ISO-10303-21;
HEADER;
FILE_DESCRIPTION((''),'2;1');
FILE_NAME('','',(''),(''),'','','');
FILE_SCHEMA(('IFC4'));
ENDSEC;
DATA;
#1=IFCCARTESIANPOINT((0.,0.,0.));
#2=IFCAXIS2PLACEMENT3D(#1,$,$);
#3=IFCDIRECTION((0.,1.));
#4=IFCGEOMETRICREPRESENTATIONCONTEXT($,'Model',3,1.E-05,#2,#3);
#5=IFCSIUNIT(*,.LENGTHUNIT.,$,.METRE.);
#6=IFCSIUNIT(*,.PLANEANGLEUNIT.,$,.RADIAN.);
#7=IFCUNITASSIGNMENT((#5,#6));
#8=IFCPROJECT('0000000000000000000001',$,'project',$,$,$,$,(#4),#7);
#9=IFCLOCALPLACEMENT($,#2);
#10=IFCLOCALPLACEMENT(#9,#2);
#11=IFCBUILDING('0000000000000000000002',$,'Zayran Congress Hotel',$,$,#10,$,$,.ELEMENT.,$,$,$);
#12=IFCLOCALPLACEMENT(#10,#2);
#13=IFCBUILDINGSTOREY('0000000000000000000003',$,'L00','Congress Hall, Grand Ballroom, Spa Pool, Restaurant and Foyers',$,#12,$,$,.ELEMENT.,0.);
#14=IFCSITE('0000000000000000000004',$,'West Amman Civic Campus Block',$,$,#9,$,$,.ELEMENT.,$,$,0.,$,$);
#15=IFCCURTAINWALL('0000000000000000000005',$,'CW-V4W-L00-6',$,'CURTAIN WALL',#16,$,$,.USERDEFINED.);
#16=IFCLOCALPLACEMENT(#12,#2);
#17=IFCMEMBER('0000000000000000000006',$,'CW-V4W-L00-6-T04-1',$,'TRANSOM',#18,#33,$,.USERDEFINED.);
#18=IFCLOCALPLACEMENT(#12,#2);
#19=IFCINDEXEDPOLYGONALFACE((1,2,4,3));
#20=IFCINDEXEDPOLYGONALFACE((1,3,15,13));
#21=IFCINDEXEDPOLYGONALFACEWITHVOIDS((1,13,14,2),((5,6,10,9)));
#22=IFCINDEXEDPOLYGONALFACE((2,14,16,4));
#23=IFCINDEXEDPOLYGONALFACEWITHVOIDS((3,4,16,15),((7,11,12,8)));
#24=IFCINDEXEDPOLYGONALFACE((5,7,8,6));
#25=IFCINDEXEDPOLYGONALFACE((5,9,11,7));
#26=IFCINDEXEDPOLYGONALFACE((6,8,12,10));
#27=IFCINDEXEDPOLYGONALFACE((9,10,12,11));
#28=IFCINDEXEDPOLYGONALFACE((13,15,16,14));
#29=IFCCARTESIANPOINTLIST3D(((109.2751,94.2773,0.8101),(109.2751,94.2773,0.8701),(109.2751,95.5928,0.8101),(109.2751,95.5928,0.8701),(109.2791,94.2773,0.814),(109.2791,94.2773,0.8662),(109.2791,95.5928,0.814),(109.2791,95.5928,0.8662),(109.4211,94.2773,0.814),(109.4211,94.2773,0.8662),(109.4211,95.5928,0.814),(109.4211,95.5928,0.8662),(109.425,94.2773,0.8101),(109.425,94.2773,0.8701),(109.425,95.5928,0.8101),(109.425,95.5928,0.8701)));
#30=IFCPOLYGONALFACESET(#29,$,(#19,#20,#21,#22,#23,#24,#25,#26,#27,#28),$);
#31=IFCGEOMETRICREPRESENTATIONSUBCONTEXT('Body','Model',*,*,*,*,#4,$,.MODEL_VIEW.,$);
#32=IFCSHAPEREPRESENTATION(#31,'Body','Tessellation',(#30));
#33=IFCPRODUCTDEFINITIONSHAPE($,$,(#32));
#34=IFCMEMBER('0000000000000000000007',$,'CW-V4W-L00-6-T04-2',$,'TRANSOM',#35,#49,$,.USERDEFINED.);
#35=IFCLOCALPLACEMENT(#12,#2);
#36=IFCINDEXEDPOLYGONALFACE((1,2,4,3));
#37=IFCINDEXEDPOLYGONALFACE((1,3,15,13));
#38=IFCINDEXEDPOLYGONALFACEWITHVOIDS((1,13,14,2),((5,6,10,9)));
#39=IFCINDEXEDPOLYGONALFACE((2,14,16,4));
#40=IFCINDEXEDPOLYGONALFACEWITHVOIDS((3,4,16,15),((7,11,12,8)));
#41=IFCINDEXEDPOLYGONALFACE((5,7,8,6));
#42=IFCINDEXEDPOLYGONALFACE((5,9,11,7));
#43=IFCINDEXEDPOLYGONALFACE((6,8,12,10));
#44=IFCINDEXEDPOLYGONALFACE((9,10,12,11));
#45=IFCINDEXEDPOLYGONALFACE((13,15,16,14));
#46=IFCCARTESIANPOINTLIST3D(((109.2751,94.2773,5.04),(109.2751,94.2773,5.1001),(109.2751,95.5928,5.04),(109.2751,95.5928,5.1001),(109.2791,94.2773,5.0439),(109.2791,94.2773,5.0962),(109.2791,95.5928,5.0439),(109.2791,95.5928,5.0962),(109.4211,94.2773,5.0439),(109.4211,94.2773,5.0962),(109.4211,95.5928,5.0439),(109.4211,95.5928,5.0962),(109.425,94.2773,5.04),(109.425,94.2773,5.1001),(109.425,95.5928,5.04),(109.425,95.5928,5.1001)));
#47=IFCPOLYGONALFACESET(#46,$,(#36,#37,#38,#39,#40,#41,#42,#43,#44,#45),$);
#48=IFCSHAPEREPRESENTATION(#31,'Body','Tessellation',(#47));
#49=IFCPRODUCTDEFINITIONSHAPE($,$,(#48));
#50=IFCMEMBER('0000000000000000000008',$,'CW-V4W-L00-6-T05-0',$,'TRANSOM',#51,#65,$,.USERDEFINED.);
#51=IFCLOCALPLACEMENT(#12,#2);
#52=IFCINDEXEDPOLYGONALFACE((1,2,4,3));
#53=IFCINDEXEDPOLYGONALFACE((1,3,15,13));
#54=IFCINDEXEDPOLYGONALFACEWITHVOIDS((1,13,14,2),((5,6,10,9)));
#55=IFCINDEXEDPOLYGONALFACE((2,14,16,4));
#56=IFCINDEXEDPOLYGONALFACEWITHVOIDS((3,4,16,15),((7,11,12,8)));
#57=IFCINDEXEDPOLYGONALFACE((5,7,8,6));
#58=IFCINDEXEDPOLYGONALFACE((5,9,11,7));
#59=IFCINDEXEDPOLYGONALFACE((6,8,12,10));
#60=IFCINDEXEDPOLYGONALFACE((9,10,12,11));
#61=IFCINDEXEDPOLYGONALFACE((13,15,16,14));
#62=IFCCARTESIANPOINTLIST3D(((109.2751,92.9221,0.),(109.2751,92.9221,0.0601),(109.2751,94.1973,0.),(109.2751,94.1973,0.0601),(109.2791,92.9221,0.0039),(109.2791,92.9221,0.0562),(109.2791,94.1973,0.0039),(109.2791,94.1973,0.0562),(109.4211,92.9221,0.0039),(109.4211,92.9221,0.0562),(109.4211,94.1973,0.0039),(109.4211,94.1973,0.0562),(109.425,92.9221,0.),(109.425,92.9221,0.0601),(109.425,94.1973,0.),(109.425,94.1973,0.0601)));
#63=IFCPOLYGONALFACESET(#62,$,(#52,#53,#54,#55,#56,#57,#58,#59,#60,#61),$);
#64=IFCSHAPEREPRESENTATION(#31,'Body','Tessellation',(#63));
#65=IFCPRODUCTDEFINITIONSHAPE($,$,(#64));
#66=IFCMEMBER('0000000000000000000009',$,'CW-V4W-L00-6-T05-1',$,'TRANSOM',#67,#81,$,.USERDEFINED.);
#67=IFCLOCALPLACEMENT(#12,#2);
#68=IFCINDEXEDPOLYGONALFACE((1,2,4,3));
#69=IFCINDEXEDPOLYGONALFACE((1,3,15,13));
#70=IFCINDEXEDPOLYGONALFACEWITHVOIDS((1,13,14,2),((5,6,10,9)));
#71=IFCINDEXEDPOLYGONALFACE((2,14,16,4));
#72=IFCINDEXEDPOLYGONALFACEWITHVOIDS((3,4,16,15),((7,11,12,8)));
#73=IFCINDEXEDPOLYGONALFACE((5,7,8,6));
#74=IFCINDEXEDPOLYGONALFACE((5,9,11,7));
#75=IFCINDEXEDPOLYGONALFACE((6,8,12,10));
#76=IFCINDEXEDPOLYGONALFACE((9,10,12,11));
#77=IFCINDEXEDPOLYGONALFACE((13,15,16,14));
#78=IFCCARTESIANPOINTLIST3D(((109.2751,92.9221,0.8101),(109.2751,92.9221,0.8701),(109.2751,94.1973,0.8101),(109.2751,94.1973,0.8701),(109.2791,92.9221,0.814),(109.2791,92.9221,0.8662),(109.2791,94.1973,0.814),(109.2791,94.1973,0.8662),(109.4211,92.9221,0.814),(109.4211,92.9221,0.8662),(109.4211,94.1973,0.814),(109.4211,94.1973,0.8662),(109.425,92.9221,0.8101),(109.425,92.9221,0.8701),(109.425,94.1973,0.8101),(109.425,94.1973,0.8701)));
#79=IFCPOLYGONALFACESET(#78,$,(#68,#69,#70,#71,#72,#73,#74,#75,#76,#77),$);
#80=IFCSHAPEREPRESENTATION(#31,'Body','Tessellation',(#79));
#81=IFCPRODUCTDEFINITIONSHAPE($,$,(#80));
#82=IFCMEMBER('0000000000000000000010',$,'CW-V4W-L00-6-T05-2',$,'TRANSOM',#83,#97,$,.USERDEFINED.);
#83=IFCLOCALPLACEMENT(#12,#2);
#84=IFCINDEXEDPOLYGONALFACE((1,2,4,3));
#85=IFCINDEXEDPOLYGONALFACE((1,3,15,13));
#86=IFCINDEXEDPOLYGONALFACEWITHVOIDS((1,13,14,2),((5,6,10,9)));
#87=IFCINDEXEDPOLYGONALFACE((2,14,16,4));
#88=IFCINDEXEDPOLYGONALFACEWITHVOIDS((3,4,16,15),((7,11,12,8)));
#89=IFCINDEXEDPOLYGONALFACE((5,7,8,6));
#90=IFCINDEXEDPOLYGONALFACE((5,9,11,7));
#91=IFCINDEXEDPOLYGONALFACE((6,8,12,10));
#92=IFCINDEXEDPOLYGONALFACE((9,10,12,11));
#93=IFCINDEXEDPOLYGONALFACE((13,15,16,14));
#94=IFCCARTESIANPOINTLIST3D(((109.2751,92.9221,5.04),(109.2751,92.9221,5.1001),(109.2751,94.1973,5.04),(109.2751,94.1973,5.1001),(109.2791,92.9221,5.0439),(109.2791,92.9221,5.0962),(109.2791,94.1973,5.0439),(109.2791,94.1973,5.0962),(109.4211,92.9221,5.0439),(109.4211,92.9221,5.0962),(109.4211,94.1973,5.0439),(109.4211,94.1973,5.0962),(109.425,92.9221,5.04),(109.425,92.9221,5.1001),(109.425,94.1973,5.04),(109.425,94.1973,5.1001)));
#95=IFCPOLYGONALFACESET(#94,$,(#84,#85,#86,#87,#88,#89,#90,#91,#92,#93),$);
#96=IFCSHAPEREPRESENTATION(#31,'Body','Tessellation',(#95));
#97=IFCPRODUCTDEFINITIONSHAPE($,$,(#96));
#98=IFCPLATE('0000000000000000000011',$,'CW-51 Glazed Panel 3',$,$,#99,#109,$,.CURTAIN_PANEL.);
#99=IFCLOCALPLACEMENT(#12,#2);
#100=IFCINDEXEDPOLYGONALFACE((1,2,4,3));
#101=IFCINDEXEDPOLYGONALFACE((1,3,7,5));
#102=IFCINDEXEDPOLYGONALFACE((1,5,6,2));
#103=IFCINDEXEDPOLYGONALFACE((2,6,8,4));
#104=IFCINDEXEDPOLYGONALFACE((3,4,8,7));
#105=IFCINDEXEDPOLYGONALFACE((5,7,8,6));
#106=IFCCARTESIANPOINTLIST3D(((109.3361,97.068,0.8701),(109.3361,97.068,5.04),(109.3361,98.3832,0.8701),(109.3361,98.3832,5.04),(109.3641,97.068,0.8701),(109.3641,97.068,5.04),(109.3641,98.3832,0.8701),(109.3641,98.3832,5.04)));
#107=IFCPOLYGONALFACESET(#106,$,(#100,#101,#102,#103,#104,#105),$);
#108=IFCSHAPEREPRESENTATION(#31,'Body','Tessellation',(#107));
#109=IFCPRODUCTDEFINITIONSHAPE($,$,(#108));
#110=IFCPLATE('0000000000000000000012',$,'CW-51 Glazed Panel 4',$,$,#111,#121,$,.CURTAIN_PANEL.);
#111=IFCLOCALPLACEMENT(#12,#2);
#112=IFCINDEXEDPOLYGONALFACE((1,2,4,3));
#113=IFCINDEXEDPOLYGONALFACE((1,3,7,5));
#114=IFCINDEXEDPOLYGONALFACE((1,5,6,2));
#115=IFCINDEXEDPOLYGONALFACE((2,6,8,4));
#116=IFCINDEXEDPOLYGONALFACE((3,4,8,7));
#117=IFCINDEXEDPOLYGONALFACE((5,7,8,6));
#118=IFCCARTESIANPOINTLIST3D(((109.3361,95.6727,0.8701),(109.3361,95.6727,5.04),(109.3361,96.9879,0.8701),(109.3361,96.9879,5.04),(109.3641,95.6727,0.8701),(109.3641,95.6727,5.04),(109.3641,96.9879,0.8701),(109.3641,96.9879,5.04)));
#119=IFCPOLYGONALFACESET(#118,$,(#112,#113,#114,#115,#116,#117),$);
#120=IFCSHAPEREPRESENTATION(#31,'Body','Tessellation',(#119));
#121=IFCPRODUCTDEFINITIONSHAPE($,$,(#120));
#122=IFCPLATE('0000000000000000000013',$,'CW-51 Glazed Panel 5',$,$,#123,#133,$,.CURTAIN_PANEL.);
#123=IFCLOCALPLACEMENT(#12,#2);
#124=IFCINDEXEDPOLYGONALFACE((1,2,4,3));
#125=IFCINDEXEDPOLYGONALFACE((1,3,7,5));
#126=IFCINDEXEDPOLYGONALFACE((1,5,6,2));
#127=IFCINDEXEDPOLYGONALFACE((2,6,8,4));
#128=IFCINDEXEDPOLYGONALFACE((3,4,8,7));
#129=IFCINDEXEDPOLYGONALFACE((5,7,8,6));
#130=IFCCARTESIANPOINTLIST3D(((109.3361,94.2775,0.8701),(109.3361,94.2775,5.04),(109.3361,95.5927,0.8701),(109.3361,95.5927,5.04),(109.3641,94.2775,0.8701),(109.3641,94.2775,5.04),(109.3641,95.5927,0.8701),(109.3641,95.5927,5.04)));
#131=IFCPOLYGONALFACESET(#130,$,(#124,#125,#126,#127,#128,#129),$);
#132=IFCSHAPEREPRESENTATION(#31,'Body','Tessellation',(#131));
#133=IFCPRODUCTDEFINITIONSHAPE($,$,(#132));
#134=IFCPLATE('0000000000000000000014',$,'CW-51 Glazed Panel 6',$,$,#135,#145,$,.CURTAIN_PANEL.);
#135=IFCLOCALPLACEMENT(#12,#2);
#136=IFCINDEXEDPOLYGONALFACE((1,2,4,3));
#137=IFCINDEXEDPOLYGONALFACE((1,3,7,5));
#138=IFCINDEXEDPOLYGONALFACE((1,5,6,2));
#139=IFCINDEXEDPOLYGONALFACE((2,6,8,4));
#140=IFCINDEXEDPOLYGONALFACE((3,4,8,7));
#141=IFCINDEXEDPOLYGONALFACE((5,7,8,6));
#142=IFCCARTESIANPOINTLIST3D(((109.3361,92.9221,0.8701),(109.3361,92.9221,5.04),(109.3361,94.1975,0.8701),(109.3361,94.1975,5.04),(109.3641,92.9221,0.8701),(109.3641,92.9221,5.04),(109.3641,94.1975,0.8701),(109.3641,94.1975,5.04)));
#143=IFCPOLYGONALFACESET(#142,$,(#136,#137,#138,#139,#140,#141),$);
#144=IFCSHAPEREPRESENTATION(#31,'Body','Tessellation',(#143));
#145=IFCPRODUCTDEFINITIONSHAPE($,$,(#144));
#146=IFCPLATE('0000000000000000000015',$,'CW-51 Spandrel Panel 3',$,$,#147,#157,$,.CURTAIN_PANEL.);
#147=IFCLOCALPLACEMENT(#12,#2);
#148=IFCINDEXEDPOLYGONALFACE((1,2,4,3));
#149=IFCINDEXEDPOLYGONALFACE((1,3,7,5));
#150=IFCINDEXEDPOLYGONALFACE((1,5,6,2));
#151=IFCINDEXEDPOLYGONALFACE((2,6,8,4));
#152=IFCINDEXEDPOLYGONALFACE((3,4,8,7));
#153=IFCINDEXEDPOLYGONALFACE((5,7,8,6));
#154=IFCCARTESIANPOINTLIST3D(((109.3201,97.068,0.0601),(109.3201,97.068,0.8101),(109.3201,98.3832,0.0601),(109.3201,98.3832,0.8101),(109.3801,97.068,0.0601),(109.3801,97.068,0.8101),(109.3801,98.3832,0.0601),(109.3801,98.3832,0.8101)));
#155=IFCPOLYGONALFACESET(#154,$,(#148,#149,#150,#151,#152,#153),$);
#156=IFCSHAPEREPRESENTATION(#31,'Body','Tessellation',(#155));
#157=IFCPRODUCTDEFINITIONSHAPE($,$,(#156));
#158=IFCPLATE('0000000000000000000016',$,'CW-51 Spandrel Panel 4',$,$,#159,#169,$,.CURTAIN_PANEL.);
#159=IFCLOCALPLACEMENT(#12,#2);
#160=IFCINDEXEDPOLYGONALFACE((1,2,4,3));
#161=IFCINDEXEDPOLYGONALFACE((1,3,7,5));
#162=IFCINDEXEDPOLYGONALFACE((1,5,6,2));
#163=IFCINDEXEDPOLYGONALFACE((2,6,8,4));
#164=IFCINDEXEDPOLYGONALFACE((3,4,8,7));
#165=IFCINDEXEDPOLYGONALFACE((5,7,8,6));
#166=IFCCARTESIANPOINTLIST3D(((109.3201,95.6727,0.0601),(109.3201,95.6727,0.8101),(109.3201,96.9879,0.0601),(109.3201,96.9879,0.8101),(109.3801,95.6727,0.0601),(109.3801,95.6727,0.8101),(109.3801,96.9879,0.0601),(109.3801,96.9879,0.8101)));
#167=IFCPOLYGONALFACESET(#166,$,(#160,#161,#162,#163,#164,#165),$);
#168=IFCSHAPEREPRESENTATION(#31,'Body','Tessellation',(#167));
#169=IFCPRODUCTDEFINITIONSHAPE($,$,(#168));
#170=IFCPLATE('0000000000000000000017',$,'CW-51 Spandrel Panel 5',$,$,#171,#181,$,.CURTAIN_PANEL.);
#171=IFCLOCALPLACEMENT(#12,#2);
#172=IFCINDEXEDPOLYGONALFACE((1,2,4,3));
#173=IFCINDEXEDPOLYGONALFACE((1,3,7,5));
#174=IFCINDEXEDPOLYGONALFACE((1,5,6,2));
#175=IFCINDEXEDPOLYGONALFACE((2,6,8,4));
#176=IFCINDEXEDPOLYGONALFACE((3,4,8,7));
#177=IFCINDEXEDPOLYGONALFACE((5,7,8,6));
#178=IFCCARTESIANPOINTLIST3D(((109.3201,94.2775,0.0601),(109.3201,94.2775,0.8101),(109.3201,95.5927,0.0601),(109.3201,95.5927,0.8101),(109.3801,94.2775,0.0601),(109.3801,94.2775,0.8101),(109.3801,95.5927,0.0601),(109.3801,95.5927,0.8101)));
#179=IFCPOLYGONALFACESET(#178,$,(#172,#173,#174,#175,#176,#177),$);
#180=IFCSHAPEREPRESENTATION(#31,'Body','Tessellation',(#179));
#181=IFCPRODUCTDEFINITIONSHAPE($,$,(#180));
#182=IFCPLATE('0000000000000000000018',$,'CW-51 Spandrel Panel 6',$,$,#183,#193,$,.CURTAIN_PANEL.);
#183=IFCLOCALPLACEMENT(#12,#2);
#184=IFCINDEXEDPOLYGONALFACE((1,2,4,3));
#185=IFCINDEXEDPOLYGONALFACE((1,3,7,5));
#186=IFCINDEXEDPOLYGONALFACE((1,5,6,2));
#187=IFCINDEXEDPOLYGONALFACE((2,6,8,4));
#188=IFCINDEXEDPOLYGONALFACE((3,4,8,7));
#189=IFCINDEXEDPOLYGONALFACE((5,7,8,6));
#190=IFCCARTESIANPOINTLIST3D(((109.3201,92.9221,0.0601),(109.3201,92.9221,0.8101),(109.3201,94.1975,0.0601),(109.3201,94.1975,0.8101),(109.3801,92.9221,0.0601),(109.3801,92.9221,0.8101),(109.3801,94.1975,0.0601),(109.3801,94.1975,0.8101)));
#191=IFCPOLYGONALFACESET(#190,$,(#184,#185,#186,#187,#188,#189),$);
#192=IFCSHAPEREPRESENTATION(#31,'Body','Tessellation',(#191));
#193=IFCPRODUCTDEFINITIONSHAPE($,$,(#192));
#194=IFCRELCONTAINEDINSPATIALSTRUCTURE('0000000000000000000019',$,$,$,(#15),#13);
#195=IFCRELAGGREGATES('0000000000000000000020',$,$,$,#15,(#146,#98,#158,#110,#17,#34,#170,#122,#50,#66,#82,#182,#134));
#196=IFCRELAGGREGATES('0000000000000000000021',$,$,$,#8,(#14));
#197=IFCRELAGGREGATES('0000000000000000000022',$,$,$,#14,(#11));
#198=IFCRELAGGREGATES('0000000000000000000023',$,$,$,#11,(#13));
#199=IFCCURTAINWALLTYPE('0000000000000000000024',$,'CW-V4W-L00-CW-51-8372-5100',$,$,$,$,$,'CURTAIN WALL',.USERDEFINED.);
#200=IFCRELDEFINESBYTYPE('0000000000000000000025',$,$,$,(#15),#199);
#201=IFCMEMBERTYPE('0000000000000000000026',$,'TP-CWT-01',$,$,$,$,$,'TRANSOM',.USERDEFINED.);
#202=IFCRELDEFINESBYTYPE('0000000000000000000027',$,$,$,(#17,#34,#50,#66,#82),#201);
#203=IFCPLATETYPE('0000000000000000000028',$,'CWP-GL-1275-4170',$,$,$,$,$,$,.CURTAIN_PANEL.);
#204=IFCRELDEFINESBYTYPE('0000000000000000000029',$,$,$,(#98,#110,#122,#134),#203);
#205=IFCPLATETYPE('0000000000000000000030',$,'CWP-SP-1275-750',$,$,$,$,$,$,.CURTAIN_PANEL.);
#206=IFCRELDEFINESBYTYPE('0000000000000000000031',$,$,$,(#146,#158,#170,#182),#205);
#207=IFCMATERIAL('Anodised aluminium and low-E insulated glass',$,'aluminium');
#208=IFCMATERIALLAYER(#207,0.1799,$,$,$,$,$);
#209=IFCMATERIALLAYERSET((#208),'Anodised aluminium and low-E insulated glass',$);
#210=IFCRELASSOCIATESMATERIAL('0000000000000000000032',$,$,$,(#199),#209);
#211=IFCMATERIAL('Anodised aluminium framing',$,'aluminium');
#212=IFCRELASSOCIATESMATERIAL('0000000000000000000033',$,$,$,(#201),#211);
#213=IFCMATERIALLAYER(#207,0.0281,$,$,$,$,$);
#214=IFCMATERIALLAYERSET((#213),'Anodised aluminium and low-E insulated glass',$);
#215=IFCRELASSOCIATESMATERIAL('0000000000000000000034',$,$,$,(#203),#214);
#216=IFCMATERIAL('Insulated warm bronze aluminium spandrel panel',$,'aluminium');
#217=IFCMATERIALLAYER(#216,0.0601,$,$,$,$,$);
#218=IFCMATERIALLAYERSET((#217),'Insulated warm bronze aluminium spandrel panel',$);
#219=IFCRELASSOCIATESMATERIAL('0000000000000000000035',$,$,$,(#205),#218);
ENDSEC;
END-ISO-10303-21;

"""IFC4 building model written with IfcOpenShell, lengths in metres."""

from ifc_helpers import new_model, si_unit, direction, frame, origin, origin_2d, place, context, subcontext, project, spatial, rectangle, hollow_rectangle, extrude, material, layer, layer_set, material_profile, profile_set, type_object, element, aggregate, save


model = new_model("IFC4")

# Units and contexts
model_context = context("Model", 3, precision=1e-05, world=origin(), true_north=direction((0.0, 1.0)))
body_context = subcontext(model_context, "Body", "Model", "MODEL_VIEW")
ifc_project = project(units=[si_unit("LENGTHUNIT", "METRE"), si_unit("PLANEANGLEUNIT", "RADIAN")], contexts=[model_context])

# Site, building, storey
site_placement = place(None, origin())
site = spatial("IfcSite", under=ifc_project, at=site_placement, Name="West Amman Civic Campus Block", CompositionType="ELEMENT", RefElevation=0.0)
building_placement = place(site_placement, origin())
building = spatial("IfcBuilding", under=site, at=building_placement, Name="Zayran Congress Hotel", CompositionType="ELEMENT")
storey_placement = place(building_placement, origin())
storey = spatial("IfcBuildingStorey", under=building, at=storey_placement, Name="L00", Description="Congress Hall, Grand Ballroom, Spa Pool, Restaurant and Foyers", CompositionType="ELEMENT", Elevation=0.0)

# Curtain wall, members, plates
ifc_material_1 = material(Name="Anodised aluminium and low-E insulated glass", Category="aluminium")
ifc_layer_1 = layer(ifc_material_1, 0.1799)
ifc_layer_set_1 = layer_set([ifc_layer_1], Name="Anodised aluminium and low-E insulated glass")
curtain_wall_type = type_object("IfcCurtainWallType", Name="CW-V4W-L00-CW-51-8372-5100", ElementType="CURTAIN WALL", PredefinedType="USERDEFINED", material=ifc_layer_set_1)
curtain_wall_placement = place(storey_placement, origin())
curtain_wall = element("IfcCurtainWall", 1, at=curtain_wall_placement, inside=storey, type_object=curtain_wall_type, Name="CW-V4W-L00-6", ObjectType="CURTAIN WALL", PredefinedType="USERDEFINED")
ifc_material_2 = material(Name="Anodised aluminium framing", Category="aluminium")
ifc_material_profile_1 = material_profile(ifc_material_2, hollow_rectangle(XDim=0.0601, YDim=0.1499, WallThickness=0.0039, at=origin_2d()), Name="RHS 150x60x4")
ifc_profile_set_1 = profile_set([ifc_material_profile_1], Name="Anodised aluminium framing")
member_type_1 = type_object("IfcMemberType", Name="TP-CWT-01", ElementType="TRANSOM", PredefinedType="USERDEFINED", material=ifc_profile_set_1)
member_1_placement = place(storey_placement, frame((109.3501, 95.5928, 0.8401), z_axis=(0.0, -1.0, 0.0), x_axis=(0.0, 0.0, 1.0)))
member_1 = element("IfcMember", 2, at=member_1_placement, type_object=member_type_1, Name="CW-V4W-L00-6-T04-1", ObjectType="TRANSOM", PredefinedType="USERDEFINED", context=body_context, shape_type="SweptSolid", body=[
    extrude(hollow_rectangle(XDim=0.0601, YDim=0.1499, WallThickness=0.0039, at=origin_2d()), origin(), (0.0, 0.0, 1.0), 1.3154),
])
member_2_placement = place(storey_placement, frame((109.3501, 95.5928, 5.0701), z_axis=(0.0, -1.0, 0.0), x_axis=(0.0, 0.0, 1.0)))
member_2 = element("IfcMember", 3, at=member_2_placement, type_object=member_type_1, Name="CW-V4W-L00-6-T04-2", ObjectType="TRANSOM", PredefinedType="USERDEFINED", context=body_context, shape_type="SweptSolid", body=[
    extrude(hollow_rectangle(XDim=0.0601, YDim=0.1499, WallThickness=0.0039, at=origin_2d()), origin(), (0.0, 0.0, 1.0), 1.3154),
])
member_3_placement = place(storey_placement, frame((109.3501, 94.1973, 0.03), z_axis=(0.0, -1.0, 0.0), x_axis=(0.0, 0.0, 1.0)))
member_3 = element("IfcMember", 4, at=member_3_placement, type_object=member_type_1, Name="CW-V4W-L00-6-T05-0", ObjectType="TRANSOM", PredefinedType="USERDEFINED", context=body_context, shape_type="SweptSolid", body=[
    extrude(hollow_rectangle(XDim=0.0601, YDim=0.1499, WallThickness=0.0039, at=origin_2d()), origin(), (0.0, 0.0, 1.0), 1.2751),
])
member_4_placement = place(storey_placement, frame((109.3501, 94.1973, 0.8401), z_axis=(0.0, -1.0, 0.0), x_axis=(0.0, 0.0, 1.0)))
member_4 = element("IfcMember", 5, at=member_4_placement, type_object=member_type_1, Name="CW-V4W-L00-6-T05-1", ObjectType="TRANSOM", PredefinedType="USERDEFINED", context=body_context, shape_type="SweptSolid", body=[
    extrude(hollow_rectangle(XDim=0.0601, YDim=0.1499, WallThickness=0.0039, at=origin_2d()), origin(), (0.0, 0.0, 1.0), 1.2751),
])
member_5_placement = place(storey_placement, frame((109.3501, 94.1973, 5.0701), z_axis=(0.0, -1.0, 0.0), x_axis=(0.0, 0.0, 1.0)))
member_5 = element("IfcMember", 6, at=member_5_placement, type_object=member_type_1, Name="CW-V4W-L00-6-T05-2", ObjectType="TRANSOM", PredefinedType="USERDEFINED", context=body_context, shape_type="SweptSolid", body=[
    extrude(hollow_rectangle(XDim=0.0601, YDim=0.1499, WallThickness=0.0039, at=origin_2d()), origin(), (0.0, 0.0, 1.0), 1.2751),
])
ifc_layer_2 = layer(ifc_material_1, 0.0281)
ifc_layer_set_2 = layer_set([ifc_layer_2], Name="Anodised aluminium and low-E insulated glass")
plate_type_1 = type_object("IfcPlateType", Name="CWP-GL-1275-4170", PredefinedType="CURTAIN_PANEL", material=ifc_layer_set_2)
plate_1_placement = place(storey_placement, frame((109.3501, 97.7256, 0.8701), z_axis=(0.0, 0.0, 1.0), x_axis=(0.0, 1.0, 0.0)))
plate_1 = element("IfcPlate", 7, at=plate_1_placement, type_object=plate_type_1, Name="CW-51 Glazed Panel 3", PredefinedType="CURTAIN_PANEL", context=body_context, shape_type="SweptSolid", body=[
    extrude(rectangle(XDim=1.3152, YDim=0.0281, at=origin_2d()), origin(), (0.0, 0.0, 1.0), 4.1699),
])
plate_2_placement = place(storey_placement, frame((109.3501, 96.3303, 0.8701), z_axis=(0.0, 0.0, 1.0), x_axis=(0.0, 1.0, 0.0)))
plate_2 = element("IfcPlate", 8, at=plate_2_placement, type_object=plate_type_1, Name="CW-51 Glazed Panel 4", PredefinedType="CURTAIN_PANEL", context=body_context, shape_type="SweptSolid", body=[
    extrude(rectangle(XDim=1.3152, YDim=0.0281, at=origin_2d()), origin(), (0.0, 0.0, 1.0), 4.1699),
])
plate_3_placement = place(storey_placement, frame((109.3501, 94.9351, 0.8701), z_axis=(0.0, 0.0, 1.0), x_axis=(0.0, 1.0, 0.0)))
plate_3 = element("IfcPlate", 9, at=plate_3_placement, type_object=plate_type_1, Name="CW-51 Glazed Panel 5", PredefinedType="CURTAIN_PANEL", context=body_context, shape_type="SweptSolid", body=[
    extrude(rectangle(XDim=1.3152, YDim=0.0281, at=origin_2d()), origin(), (0.0, 0.0, 1.0), 4.1699),
])
plate_4_placement = place(storey_placement, frame((109.3501, 93.5598, 0.8701), z_axis=(0.0, 0.0, 1.0), x_axis=(0.0, 1.0, 0.0)))
plate_4 = element("IfcPlate", 10, at=plate_4_placement, type_object=plate_type_1, Name="CW-51 Glazed Panel 6", PredefinedType="CURTAIN_PANEL", context=body_context, shape_type="SweptSolid", body=[
    extrude(rectangle(XDim=1.2754, YDim=0.0281, at=origin_2d()), origin(), (0.0, 0.0, 1.0), 4.1699),
])
ifc_material_3 = material(Name="Insulated warm bronze aluminium spandrel panel", Category="aluminium")
ifc_layer_3 = layer(ifc_material_3, 0.0601)
ifc_layer_set_3 = layer_set([ifc_layer_3], Name="Insulated warm bronze aluminium spandrel panel")
plate_type_2 = type_object("IfcPlateType", Name="CWP-SP-1275-750", PredefinedType="CURTAIN_PANEL", material=ifc_layer_set_3)
plate_5_placement = place(storey_placement, frame((109.3501, 97.7256, 0.0601), z_axis=(0.0, 0.0, 1.0), x_axis=(0.0, 1.0, 0.0)))
plate_5 = element("IfcPlate", 11, at=plate_5_placement, type_object=plate_type_2, Name="CW-51 Spandrel Panel 3", PredefinedType="CURTAIN_PANEL", context=body_context, shape_type="SweptSolid", body=[
    extrude(rectangle(XDim=1.3152, YDim=0.0601, at=origin_2d()), origin(), (0.0, 0.0, 1.0), 0.75),
])
plate_6_placement = place(storey_placement, frame((109.3501, 96.3303, 0.0601), z_axis=(0.0, 0.0, 1.0), x_axis=(0.0, 1.0, 0.0)))
plate_6 = element("IfcPlate", 12, at=plate_6_placement, type_object=plate_type_2, Name="CW-51 Spandrel Panel 4", PredefinedType="CURTAIN_PANEL", context=body_context, shape_type="SweptSolid", body=[
    extrude(rectangle(XDim=1.3152, YDim=0.0601, at=origin_2d()), origin(), (0.0, 0.0, 1.0), 0.75),
])
plate_7_placement = place(storey_placement, frame((109.3501, 94.9351, 0.0601), z_axis=(0.0, 0.0, 1.0), x_axis=(0.0, 1.0, 0.0)))
plate_7 = element("IfcPlate", 13, at=plate_7_placement, type_object=plate_type_2, Name="CW-51 Spandrel Panel 5", PredefinedType="CURTAIN_PANEL", context=body_context, shape_type="SweptSolid", body=[
    extrude(rectangle(XDim=1.3152, YDim=0.0601, at=origin_2d()), origin(), (0.0, 0.0, 1.0), 0.75),
])
plate_8_placement = place(storey_placement, frame((109.3501, 93.5598, 0.0601), z_axis=(0.0, 0.0, 1.0), x_axis=(0.0, 1.0, 0.0)))
plate_8 = element("IfcPlate", 14, at=plate_8_placement, type_object=plate_type_2, Name="CW-51 Spandrel Panel 6", PredefinedType="CURTAIN_PANEL", context=body_context, shape_type="SweptSolid", body=[
    extrude(rectangle(XDim=1.2754, YDim=0.0601, at=origin_2d()), origin(), (0.0, 0.0, 1.0), 0.75),
])
aggregate(curtain_wall, [plate_5, plate_1, plate_6, plate_2, member_1, member_2, plate_7, plate_3, member_3, member_4, member_5, plate_8, plate_4])

save(model, "model.ifc")
